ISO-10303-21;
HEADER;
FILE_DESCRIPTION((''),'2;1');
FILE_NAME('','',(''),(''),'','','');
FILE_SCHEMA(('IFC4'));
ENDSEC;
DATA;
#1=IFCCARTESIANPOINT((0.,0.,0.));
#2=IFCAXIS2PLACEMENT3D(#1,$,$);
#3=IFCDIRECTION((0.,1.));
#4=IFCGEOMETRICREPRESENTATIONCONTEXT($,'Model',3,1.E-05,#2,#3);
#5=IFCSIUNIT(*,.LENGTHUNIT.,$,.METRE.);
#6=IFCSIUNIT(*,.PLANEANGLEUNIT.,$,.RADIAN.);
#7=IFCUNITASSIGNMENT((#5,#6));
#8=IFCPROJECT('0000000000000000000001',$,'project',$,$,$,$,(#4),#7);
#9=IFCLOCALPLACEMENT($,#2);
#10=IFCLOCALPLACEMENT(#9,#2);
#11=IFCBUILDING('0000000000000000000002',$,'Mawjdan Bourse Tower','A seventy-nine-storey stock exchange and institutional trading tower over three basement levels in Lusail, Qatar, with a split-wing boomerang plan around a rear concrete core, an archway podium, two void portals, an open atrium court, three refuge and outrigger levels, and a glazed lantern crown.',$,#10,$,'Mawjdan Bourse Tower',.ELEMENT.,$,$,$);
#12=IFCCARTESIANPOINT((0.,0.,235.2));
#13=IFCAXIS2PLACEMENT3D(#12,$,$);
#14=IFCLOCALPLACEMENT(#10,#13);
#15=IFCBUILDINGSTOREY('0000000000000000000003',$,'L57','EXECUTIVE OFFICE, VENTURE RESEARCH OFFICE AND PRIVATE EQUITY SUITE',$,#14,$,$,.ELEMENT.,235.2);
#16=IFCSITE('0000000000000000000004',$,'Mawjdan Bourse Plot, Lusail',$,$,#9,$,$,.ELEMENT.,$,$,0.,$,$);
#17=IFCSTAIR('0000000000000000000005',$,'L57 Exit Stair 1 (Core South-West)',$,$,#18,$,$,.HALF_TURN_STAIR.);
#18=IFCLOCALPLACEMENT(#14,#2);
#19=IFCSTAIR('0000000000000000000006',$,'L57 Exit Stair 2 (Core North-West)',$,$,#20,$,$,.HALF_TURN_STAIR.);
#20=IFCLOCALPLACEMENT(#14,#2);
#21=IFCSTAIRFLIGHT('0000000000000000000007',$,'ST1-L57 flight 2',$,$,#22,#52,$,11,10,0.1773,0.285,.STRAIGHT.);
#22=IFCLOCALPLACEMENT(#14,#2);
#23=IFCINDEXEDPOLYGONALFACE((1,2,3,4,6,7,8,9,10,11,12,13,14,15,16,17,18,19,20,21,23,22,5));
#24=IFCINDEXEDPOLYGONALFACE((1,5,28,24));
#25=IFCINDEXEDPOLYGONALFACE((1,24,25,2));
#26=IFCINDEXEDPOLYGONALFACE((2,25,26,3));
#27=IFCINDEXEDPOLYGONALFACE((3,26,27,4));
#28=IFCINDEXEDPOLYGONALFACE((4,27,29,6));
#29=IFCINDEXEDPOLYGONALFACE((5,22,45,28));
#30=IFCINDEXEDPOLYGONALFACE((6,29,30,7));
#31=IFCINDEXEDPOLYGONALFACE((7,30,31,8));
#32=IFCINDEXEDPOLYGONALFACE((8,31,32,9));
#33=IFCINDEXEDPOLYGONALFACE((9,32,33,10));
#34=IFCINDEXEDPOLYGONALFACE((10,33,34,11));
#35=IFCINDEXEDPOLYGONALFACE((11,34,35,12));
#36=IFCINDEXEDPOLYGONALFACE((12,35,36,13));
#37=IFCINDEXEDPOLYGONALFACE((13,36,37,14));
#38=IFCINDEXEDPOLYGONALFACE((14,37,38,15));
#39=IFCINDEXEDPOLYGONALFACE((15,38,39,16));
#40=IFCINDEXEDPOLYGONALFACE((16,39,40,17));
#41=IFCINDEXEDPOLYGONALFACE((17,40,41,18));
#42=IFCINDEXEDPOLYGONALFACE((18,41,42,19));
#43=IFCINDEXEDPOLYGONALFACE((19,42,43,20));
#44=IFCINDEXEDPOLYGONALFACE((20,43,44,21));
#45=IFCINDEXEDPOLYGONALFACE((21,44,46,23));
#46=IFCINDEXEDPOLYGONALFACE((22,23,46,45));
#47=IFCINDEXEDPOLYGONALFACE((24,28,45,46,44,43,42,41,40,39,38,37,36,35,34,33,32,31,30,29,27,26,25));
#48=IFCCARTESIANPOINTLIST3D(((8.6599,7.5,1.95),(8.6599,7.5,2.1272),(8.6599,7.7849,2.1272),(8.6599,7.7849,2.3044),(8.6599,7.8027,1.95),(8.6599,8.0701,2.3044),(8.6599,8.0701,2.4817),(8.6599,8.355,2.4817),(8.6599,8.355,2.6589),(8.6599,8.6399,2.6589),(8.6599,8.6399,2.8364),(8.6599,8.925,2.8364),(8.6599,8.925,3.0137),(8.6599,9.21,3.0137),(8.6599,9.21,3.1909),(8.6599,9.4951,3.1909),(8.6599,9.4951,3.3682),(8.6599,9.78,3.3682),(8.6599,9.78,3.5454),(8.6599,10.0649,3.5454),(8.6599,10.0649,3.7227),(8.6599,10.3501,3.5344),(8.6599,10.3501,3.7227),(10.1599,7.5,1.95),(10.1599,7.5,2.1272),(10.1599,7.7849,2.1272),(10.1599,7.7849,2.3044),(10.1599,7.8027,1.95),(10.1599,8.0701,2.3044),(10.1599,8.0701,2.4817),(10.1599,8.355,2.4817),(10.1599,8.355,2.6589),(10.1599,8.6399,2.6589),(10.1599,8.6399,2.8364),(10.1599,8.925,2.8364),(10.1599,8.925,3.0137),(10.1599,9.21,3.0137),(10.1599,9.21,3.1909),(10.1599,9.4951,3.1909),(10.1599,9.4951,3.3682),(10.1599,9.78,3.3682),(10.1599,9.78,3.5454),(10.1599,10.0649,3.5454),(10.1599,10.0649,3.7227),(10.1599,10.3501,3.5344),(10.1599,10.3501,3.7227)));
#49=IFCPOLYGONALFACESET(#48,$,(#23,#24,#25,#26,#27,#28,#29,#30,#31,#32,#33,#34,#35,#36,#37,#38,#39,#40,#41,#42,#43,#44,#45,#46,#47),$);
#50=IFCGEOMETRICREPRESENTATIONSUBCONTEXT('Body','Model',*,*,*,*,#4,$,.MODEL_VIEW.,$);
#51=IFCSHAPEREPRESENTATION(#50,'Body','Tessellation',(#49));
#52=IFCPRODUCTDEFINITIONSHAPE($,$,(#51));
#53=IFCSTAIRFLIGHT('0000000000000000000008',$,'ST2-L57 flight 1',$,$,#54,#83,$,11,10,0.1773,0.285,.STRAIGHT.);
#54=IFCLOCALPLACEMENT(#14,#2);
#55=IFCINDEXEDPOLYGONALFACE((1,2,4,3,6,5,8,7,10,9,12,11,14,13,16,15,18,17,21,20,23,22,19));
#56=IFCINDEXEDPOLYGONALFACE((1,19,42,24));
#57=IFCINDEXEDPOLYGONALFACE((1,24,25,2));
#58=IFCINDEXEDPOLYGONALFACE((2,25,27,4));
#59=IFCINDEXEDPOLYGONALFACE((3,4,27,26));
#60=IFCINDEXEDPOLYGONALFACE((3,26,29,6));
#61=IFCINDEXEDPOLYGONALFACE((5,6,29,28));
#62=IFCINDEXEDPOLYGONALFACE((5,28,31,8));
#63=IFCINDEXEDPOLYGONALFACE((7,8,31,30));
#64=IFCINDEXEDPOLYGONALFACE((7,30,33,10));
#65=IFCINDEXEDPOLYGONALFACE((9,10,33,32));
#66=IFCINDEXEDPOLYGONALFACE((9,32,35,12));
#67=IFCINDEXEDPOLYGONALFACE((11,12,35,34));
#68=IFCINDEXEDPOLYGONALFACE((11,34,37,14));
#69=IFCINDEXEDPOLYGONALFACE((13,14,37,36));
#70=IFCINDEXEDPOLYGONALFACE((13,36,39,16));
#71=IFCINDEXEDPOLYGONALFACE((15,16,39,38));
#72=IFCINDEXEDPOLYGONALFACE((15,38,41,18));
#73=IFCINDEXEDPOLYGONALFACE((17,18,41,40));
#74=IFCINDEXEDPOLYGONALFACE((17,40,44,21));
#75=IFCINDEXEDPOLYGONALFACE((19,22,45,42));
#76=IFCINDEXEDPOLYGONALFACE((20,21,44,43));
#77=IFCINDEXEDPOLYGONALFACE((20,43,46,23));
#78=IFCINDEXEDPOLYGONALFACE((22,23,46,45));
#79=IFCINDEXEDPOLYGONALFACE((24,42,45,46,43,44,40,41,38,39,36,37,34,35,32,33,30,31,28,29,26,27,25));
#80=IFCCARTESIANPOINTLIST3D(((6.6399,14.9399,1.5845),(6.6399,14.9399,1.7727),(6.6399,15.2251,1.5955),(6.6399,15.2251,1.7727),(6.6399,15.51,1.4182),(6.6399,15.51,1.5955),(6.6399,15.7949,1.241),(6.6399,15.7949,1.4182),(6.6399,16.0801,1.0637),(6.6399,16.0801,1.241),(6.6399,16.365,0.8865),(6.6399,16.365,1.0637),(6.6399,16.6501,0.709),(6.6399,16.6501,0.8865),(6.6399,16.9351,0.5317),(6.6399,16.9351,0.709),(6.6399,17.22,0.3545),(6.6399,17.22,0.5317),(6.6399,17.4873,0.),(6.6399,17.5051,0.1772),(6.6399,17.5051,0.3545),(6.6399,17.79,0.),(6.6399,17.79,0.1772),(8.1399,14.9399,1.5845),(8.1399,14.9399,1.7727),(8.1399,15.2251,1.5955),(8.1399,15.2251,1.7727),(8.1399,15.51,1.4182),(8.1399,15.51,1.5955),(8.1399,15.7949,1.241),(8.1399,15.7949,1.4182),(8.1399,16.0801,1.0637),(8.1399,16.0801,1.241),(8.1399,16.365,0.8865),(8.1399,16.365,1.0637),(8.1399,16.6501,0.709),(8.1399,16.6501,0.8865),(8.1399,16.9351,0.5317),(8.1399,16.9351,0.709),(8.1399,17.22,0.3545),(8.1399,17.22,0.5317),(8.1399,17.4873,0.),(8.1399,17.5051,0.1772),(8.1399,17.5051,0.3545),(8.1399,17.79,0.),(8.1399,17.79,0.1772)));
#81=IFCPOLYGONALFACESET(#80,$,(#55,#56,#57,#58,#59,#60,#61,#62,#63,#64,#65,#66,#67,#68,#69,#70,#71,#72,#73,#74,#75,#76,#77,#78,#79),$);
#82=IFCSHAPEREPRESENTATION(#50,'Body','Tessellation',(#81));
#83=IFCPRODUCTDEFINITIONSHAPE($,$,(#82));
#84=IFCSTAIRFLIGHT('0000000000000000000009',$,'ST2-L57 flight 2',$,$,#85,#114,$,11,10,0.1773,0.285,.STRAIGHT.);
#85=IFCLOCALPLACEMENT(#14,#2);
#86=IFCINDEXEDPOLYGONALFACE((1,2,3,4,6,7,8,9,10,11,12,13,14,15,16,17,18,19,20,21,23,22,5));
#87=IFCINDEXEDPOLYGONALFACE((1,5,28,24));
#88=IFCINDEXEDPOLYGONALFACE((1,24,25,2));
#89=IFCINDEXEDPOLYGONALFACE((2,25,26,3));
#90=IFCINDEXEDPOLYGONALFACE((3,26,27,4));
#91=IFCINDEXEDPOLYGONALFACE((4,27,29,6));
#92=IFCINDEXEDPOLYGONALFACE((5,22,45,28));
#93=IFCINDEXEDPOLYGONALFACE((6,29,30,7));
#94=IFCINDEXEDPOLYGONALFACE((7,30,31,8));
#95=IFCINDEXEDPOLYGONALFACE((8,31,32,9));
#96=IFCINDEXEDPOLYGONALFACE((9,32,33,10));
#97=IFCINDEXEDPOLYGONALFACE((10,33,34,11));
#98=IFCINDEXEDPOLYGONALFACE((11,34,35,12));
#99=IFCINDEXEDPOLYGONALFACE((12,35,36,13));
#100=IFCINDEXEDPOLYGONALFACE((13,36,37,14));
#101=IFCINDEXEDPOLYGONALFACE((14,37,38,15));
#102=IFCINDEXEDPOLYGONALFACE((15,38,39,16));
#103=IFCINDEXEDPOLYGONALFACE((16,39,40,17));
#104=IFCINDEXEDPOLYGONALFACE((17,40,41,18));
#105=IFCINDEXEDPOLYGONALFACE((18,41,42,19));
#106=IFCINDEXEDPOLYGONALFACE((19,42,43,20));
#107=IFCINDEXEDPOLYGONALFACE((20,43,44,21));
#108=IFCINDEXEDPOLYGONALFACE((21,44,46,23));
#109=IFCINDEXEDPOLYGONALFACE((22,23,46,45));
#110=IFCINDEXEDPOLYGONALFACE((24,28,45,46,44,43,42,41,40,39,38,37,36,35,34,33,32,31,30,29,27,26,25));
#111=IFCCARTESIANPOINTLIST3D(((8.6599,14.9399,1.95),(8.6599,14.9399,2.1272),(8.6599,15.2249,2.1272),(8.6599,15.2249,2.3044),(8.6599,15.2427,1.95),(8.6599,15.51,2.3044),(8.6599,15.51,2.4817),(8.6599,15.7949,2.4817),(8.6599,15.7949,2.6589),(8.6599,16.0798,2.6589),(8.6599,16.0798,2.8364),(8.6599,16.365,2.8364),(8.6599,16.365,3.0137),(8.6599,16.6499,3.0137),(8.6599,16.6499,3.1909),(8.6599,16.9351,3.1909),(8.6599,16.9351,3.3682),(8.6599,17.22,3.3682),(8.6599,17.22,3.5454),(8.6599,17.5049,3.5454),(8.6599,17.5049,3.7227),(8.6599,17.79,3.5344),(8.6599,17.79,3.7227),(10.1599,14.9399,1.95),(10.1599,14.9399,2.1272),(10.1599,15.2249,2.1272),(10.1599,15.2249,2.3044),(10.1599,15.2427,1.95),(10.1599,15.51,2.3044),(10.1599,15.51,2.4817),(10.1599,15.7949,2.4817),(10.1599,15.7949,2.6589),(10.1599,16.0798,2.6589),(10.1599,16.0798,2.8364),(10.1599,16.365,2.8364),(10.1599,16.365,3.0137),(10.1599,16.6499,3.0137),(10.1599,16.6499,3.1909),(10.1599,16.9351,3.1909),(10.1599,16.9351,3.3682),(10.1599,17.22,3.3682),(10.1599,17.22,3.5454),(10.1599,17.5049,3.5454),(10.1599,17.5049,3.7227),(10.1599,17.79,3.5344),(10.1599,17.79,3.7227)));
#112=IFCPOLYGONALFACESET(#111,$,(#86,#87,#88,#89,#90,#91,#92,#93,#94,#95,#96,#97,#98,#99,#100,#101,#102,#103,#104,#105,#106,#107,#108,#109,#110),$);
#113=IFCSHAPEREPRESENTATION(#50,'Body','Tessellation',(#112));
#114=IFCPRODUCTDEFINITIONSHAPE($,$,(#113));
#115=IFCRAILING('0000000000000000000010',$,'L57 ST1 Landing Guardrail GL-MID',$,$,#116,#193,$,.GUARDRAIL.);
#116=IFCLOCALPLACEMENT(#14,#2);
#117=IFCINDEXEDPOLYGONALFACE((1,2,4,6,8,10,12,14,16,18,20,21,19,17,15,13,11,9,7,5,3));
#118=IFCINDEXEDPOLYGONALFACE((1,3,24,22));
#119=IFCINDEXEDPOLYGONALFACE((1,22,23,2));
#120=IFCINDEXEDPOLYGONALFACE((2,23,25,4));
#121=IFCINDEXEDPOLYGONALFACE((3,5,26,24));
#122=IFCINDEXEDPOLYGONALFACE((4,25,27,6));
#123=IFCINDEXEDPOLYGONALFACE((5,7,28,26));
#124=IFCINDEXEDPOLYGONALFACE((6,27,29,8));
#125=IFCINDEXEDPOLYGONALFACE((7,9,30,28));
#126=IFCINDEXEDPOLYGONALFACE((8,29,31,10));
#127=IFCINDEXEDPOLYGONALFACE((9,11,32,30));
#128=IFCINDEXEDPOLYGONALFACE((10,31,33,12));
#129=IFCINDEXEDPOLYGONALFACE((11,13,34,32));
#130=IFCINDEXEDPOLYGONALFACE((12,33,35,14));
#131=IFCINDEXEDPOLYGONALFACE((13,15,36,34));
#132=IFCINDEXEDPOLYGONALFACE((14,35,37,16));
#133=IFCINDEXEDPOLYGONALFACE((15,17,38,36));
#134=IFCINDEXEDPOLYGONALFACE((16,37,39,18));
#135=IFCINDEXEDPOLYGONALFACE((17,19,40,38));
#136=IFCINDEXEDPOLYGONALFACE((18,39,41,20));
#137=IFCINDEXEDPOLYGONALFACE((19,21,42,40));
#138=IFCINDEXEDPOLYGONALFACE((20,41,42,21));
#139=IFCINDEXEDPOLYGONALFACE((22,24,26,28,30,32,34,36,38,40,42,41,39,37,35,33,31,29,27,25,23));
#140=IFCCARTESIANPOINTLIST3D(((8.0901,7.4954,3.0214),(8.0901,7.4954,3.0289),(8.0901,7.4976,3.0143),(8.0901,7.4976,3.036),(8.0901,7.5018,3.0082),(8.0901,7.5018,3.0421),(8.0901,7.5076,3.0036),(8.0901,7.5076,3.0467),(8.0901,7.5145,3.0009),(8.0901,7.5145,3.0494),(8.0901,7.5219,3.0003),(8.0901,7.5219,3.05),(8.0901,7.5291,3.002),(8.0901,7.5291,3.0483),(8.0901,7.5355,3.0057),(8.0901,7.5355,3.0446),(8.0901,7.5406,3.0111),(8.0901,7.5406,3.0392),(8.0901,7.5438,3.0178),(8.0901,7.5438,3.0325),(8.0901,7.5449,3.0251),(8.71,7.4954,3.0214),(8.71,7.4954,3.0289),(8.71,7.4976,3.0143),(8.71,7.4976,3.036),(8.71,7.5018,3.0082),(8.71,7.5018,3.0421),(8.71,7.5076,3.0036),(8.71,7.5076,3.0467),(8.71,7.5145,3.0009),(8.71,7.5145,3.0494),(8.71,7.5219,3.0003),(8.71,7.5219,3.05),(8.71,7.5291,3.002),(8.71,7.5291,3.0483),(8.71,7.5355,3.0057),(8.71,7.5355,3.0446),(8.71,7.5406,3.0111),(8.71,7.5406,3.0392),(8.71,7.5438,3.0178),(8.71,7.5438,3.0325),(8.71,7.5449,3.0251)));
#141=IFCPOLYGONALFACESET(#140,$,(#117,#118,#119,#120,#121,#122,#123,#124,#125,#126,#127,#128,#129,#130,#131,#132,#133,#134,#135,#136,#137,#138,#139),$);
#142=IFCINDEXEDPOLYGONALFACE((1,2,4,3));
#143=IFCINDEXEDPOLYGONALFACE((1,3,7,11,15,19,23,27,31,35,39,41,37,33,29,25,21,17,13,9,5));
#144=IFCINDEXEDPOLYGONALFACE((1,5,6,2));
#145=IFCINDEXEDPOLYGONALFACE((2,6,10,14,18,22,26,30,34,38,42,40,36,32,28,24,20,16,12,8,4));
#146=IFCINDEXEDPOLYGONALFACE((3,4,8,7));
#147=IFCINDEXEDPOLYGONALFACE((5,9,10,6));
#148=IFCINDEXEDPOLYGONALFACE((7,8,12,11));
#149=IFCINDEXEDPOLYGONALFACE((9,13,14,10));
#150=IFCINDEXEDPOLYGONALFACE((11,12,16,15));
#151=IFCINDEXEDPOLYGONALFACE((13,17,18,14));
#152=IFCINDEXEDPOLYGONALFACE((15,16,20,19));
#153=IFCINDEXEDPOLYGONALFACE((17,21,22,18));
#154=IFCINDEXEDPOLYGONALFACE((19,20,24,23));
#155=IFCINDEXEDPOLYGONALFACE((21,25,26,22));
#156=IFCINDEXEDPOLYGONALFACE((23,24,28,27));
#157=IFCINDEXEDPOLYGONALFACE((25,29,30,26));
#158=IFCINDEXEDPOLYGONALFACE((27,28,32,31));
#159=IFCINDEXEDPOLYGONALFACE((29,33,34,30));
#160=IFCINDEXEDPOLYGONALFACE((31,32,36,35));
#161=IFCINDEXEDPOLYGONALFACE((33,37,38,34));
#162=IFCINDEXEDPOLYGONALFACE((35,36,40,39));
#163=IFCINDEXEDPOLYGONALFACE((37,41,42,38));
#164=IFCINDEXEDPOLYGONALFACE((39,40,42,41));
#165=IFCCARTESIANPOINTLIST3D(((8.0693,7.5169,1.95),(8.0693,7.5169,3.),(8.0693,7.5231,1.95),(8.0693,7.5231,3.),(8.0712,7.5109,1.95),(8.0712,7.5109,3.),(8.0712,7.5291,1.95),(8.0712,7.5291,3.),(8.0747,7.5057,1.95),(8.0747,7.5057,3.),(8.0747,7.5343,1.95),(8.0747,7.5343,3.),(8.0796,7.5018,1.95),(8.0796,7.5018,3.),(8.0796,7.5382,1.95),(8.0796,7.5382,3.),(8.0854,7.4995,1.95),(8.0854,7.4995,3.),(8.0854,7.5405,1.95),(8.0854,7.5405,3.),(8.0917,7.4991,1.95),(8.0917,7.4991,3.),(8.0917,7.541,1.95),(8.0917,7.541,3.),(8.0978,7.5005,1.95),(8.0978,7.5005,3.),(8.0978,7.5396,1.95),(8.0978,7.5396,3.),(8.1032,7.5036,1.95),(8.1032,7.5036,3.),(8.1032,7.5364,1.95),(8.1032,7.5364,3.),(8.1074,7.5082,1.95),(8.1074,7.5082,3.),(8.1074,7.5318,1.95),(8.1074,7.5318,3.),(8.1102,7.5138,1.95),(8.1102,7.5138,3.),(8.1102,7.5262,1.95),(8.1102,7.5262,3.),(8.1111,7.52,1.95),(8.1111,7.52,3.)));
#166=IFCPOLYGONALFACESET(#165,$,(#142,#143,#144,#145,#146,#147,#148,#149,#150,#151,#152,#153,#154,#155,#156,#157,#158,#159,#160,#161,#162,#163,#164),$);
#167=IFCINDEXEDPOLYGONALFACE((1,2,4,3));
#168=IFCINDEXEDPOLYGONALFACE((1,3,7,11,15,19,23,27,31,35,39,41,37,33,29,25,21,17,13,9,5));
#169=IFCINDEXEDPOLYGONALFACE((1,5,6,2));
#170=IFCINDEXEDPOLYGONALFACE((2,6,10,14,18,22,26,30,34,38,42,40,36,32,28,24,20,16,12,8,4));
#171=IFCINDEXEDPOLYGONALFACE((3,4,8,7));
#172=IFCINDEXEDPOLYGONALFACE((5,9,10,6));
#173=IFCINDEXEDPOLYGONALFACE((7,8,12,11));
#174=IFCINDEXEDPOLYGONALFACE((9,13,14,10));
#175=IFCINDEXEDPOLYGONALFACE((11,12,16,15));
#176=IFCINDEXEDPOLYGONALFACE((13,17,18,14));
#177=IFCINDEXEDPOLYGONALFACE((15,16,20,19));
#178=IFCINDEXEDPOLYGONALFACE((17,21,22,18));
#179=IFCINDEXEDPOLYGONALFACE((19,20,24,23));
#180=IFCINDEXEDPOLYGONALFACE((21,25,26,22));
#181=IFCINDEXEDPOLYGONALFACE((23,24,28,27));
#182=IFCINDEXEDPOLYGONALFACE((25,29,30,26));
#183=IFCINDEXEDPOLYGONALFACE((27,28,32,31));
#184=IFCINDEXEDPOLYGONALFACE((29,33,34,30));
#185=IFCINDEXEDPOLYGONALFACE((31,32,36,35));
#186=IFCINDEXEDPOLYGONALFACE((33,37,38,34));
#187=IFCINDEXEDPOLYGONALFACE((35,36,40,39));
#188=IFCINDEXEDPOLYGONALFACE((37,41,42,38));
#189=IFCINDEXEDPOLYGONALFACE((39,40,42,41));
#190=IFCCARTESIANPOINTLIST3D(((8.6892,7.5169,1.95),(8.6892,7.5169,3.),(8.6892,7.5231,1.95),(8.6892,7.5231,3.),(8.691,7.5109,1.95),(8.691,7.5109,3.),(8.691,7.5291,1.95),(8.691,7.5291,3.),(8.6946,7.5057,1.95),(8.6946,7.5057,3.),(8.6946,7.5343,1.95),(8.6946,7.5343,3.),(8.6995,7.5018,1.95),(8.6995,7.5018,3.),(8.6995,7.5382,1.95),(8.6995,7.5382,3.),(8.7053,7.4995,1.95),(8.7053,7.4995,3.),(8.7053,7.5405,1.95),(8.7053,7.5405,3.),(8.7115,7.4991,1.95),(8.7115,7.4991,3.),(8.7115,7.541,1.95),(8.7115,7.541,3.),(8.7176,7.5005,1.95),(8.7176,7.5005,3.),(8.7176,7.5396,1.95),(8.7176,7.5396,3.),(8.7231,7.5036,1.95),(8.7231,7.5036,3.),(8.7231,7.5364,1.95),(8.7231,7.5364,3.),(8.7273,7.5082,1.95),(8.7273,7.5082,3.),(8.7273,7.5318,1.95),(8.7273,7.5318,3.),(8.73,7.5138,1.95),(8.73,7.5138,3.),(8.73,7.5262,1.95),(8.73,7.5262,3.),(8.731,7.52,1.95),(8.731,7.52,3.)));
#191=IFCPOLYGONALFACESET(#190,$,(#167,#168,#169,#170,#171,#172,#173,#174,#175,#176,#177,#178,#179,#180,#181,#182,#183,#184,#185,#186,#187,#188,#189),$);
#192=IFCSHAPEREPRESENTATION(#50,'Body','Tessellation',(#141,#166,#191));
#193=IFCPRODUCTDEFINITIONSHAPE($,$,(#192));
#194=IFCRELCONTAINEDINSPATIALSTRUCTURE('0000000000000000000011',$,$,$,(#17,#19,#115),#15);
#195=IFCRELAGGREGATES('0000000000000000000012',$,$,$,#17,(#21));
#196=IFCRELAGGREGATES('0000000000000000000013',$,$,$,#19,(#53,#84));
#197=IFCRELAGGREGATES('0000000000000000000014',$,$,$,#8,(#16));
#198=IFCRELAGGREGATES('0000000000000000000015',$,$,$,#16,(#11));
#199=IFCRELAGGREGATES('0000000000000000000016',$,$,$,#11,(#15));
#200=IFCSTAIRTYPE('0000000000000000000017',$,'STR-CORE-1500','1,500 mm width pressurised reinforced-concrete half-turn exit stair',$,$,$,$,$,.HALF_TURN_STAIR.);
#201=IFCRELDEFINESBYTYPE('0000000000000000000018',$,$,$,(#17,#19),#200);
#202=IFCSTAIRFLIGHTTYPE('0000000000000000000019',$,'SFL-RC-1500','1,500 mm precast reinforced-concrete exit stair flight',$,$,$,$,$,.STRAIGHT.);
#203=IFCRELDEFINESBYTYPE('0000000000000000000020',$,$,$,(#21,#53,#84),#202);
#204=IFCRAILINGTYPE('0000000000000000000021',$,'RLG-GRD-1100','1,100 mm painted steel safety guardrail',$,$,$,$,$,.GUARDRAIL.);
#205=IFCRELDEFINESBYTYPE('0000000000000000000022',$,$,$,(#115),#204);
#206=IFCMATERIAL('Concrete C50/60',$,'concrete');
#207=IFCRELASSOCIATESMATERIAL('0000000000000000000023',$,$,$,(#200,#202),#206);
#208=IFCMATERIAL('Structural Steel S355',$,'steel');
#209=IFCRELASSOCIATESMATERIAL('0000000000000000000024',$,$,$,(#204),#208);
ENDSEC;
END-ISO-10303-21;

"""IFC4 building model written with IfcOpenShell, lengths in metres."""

from ifc_helpers import new_model, si_unit, direction, frame, origin, origin_2d, place, context, subcontext, project, spatial, polyline, circle, outline, extrude, material, type_object, element, aggregate, save


model = new_model("IFC4")

# Units and contexts
model_context = context("Model", 3, precision=1e-05, world=origin(), true_north=direction((0.0, 1.0)))
body_context = subcontext(model_context, "Body", "Model", "MODEL_VIEW")
ifc_project = project(units=[si_unit("LENGTHUNIT", "METRE"), si_unit("PLANEANGLEUNIT", "RADIAN")], contexts=[model_context])

# Site, building, storey
site_placement = place(None, origin())
site = spatial("IfcSite", under=ifc_project, at=site_placement, Name="Mawjdan Bourse Plot, Lusail", CompositionType="ELEMENT", RefElevation=0.0)
building_placement = place(site_placement, origin())
building = spatial("IfcBuilding", under=site, at=building_placement, Name="Mawjdan Bourse Tower", Description="A seventy-nine-storey stock exchange and institutional trading tower over three basement levels in Lusail, Qatar, with a split-wing boomerang plan around a rear concrete core, an archway podium, two void portals, an open atrium court, three refuge and outrigger levels, and a glazed lantern crown.", LongName="Mawjdan Bourse Tower", CompositionType="ELEMENT")
storey_placement = place(building_placement, frame((0.0, 0.0, 235.2)))
storey = spatial("IfcBuildingStorey", under=building, at=storey_placement, Name="L57", Description="EXECUTIVE OFFICE, VENTURE RESEARCH OFFICE AND PRIVATE EQUITY SUITE", CompositionType="ELEMENT", Elevation=235.2)

# Stairs
ifc_material_1 = material(Name="Concrete C50/60", Category="concrete")
stair_type = type_object("IfcStairType", Name="STR-CORE-1500", Description="1,500 mm width pressurised reinforced-concrete half-turn exit stair", PredefinedType="HALF_TURN_STAIR", material=ifc_material_1)
stair_1_placement = place(storey_placement, origin())
stair_1 = element("IfcStair", 1, at=stair_1_placement, inside=storey, type_object=stair_type, Name="L57 Exit Stair 1 (Core South-West)", PredefinedType="HALF_TURN_STAIR")
stair_2_placement = place(storey_placement, origin())
stair_2 = element("IfcStair", 2, at=stair_2_placement, inside=storey, type_object=stair_type, Name="L57 Exit Stair 2 (Core North-West)", PredefinedType="HALF_TURN_STAIR")

# Stair flights
stair_flight_type = type_object("IfcStairFlightType", Name="SFL-RC-1500", Description="1,500 mm precast reinforced-concrete exit stair flight", PredefinedType="STRAIGHT", material=ifc_material_1)
stair_flight_1_placement = place(storey_placement, frame((9.4099, 7.5, 1.95), z_axis=(0.0, 0.0, 1.0), x_axis=(0.0, 1.0, 0.0)))
stair_flight_1 = element("IfcStairFlight", 3, at=stair_flight_1_placement, type_object=stair_flight_type, Name="ST1-L57 flight 2", NumberOfRisers=11, NumberOfTreads=10, PredefinedType="STRAIGHT", RiserHeight=0.1773, TreadLength=0.285, context=body_context, shape_type="SweptSolid", body=[
    extrude(outline(polyline([(0.0, 0.0), (0.0, 0.1772), (0.2849, 0.1772), (0.2849, 0.3545), (0.5701, 0.3545), (0.5701, 0.5317), (0.855, 0.5317), (0.855, 0.709), (1.1399, 0.709), (1.1399, 0.8865), (1.425, 0.8865), (1.425, 1.0637), (1.71, 1.0637), (1.71, 1.241), (1.9951, 1.241), (1.9951, 1.4182), (2.28, 1.4182), (2.28, 1.5955), (2.5649, 1.5955), (2.5649, 1.7727), (2.8501, 1.7727), (2.8501, 1.95), (2.8501, 1.5845), (0.3027, 0.0), (0.0, 0.0)])), frame((0.0, 0.75, 0.0), z_axis=(0.0, -1.0, 0.0), x_axis=(1.0, 0.0, 0.0)), (0.0, 0.0, 1.0), 1.5),
])
aggregate(stair_1, [stair_flight_1])
stair_flight_2_placement = place(storey_placement, frame((7.3899, 17.79, 0.0), z_axis=(0.0, 0.0, 1.0), x_axis=(0.0, -1.0, 0.0)))
stair_flight_2 = element("IfcStairFlight", 4, at=stair_flight_2_placement, type_object=stair_flight_type, Name="ST2-L57 flight 1", NumberOfRisers=11, NumberOfTreads=10, PredefinedType="STRAIGHT", RiserHeight=0.1773, TreadLength=0.285, context=body_context, shape_type="SweptSolid", body=[
    extrude(outline(polyline([(0.0, 0.0), (0.0, 0.1772), (0.2849, 0.1772), (0.2849, 0.3545), (0.5701, 0.3545), (0.5701, 0.5317), (0.855, 0.5317), (0.855, 0.709), (1.1399, 0.709), (1.1399, 0.8865), (1.425, 0.8865), (1.425, 1.0637), (1.71, 1.0637), (1.71, 1.241), (1.9951, 1.241), (1.9951, 1.4182), (2.28, 1.4182), (2.28, 1.5955), (2.5649, 1.5955), (2.5649, 1.7727), (2.8501, 1.7727), (2.8501, 1.95), (2.8501, 1.5845), (0.3027, 0.0), (0.0, 0.0)])), frame((0.0, 0.75, 0.0), z_axis=(0.0, -1.0, 0.0), x_axis=(1.0, 0.0, 0.0)), (0.0, 0.0, 1.0), 1.5),
])
stair_flight_3_placement = place(storey_placement, frame((9.4099, 14.9399, 1.95), z_axis=(0.0, 0.0, 1.0), x_axis=(0.0, 1.0, 0.0)))
stair_flight_3 = element("IfcStairFlight", 5, at=stair_flight_3_placement, type_object=stair_flight_type, Name="ST2-L57 flight 2", NumberOfRisers=11, NumberOfTreads=10, PredefinedType="STRAIGHT", RiserHeight=0.1773, TreadLength=0.285, context=body_context, shape_type="SweptSolid", body=[
    extrude(outline(polyline([(0.0, 0.0), (0.0, 0.1772), (0.2849, 0.1772), (0.2849, 0.3545), (0.5701, 0.3545), (0.5701, 0.5317), (0.855, 0.5317), (0.855, 0.709), (1.1399, 0.709), (1.1399, 0.8865), (1.425, 0.8865), (1.425, 1.0637), (1.71, 1.0637), (1.71, 1.241), (1.9951, 1.241), (1.9951, 1.4182), (2.28, 1.4182), (2.28, 1.5955), (2.5649, 1.5955), (2.5649, 1.7727), (2.8501, 1.7727), (2.8501, 1.95), (2.8501, 1.5845), (0.3027, 0.0), (0.0, 0.0)])), frame((0.0, 0.75, 0.0), z_axis=(0.0, -1.0, 0.0), x_axis=(1.0, 0.0, 0.0)), (0.0, 0.0, 1.0), 1.5),
])
aggregate(stair_2, [stair_flight_2, stair_flight_3])

# Railing
ifc_material_2 = material(Name="Structural Steel S355", Category="steel")
railing_type_1 = type_object("IfcRailingType", Name="RLG-GRD-1100", Description="1,100 mm painted steel safety guardrail", PredefinedType="GUARDRAIL", material=ifc_material_2)
for number, where, name in (
    (6, (8.0901, 7.52, 1.95), "L57 ST1 Landing Guardrail GL-MID"),
):
    element("IfcRailing", number, at=place(storey_placement, frame(where)), inside=storey, type_object=railing_type_1, Name=name, PredefinedType="GUARDRAIL", context=body_context, shape_type="SweptSolid", body=[
        extrude(circle(Radius=0.0249, at=origin_2d()), frame((0.0, 0.0, 1.0752), z_axis=(1.0, 0.0, 0.0), x_axis=(0.0, 1.0, 0.0)), (0.0, 0.0, 1.0), 0.6199),
        extrude(circle(Radius=0.021, at=origin_2d()), origin(), (0.0, 0.0, 1.0), 1.05),
        extrude(circle(Radius=0.021, at=origin_2d()), frame((0.6199, 0.0, 0.0)), (0.0, 0.0, 1.0), 1.05),
    ])

save(model, "model.ifc")
